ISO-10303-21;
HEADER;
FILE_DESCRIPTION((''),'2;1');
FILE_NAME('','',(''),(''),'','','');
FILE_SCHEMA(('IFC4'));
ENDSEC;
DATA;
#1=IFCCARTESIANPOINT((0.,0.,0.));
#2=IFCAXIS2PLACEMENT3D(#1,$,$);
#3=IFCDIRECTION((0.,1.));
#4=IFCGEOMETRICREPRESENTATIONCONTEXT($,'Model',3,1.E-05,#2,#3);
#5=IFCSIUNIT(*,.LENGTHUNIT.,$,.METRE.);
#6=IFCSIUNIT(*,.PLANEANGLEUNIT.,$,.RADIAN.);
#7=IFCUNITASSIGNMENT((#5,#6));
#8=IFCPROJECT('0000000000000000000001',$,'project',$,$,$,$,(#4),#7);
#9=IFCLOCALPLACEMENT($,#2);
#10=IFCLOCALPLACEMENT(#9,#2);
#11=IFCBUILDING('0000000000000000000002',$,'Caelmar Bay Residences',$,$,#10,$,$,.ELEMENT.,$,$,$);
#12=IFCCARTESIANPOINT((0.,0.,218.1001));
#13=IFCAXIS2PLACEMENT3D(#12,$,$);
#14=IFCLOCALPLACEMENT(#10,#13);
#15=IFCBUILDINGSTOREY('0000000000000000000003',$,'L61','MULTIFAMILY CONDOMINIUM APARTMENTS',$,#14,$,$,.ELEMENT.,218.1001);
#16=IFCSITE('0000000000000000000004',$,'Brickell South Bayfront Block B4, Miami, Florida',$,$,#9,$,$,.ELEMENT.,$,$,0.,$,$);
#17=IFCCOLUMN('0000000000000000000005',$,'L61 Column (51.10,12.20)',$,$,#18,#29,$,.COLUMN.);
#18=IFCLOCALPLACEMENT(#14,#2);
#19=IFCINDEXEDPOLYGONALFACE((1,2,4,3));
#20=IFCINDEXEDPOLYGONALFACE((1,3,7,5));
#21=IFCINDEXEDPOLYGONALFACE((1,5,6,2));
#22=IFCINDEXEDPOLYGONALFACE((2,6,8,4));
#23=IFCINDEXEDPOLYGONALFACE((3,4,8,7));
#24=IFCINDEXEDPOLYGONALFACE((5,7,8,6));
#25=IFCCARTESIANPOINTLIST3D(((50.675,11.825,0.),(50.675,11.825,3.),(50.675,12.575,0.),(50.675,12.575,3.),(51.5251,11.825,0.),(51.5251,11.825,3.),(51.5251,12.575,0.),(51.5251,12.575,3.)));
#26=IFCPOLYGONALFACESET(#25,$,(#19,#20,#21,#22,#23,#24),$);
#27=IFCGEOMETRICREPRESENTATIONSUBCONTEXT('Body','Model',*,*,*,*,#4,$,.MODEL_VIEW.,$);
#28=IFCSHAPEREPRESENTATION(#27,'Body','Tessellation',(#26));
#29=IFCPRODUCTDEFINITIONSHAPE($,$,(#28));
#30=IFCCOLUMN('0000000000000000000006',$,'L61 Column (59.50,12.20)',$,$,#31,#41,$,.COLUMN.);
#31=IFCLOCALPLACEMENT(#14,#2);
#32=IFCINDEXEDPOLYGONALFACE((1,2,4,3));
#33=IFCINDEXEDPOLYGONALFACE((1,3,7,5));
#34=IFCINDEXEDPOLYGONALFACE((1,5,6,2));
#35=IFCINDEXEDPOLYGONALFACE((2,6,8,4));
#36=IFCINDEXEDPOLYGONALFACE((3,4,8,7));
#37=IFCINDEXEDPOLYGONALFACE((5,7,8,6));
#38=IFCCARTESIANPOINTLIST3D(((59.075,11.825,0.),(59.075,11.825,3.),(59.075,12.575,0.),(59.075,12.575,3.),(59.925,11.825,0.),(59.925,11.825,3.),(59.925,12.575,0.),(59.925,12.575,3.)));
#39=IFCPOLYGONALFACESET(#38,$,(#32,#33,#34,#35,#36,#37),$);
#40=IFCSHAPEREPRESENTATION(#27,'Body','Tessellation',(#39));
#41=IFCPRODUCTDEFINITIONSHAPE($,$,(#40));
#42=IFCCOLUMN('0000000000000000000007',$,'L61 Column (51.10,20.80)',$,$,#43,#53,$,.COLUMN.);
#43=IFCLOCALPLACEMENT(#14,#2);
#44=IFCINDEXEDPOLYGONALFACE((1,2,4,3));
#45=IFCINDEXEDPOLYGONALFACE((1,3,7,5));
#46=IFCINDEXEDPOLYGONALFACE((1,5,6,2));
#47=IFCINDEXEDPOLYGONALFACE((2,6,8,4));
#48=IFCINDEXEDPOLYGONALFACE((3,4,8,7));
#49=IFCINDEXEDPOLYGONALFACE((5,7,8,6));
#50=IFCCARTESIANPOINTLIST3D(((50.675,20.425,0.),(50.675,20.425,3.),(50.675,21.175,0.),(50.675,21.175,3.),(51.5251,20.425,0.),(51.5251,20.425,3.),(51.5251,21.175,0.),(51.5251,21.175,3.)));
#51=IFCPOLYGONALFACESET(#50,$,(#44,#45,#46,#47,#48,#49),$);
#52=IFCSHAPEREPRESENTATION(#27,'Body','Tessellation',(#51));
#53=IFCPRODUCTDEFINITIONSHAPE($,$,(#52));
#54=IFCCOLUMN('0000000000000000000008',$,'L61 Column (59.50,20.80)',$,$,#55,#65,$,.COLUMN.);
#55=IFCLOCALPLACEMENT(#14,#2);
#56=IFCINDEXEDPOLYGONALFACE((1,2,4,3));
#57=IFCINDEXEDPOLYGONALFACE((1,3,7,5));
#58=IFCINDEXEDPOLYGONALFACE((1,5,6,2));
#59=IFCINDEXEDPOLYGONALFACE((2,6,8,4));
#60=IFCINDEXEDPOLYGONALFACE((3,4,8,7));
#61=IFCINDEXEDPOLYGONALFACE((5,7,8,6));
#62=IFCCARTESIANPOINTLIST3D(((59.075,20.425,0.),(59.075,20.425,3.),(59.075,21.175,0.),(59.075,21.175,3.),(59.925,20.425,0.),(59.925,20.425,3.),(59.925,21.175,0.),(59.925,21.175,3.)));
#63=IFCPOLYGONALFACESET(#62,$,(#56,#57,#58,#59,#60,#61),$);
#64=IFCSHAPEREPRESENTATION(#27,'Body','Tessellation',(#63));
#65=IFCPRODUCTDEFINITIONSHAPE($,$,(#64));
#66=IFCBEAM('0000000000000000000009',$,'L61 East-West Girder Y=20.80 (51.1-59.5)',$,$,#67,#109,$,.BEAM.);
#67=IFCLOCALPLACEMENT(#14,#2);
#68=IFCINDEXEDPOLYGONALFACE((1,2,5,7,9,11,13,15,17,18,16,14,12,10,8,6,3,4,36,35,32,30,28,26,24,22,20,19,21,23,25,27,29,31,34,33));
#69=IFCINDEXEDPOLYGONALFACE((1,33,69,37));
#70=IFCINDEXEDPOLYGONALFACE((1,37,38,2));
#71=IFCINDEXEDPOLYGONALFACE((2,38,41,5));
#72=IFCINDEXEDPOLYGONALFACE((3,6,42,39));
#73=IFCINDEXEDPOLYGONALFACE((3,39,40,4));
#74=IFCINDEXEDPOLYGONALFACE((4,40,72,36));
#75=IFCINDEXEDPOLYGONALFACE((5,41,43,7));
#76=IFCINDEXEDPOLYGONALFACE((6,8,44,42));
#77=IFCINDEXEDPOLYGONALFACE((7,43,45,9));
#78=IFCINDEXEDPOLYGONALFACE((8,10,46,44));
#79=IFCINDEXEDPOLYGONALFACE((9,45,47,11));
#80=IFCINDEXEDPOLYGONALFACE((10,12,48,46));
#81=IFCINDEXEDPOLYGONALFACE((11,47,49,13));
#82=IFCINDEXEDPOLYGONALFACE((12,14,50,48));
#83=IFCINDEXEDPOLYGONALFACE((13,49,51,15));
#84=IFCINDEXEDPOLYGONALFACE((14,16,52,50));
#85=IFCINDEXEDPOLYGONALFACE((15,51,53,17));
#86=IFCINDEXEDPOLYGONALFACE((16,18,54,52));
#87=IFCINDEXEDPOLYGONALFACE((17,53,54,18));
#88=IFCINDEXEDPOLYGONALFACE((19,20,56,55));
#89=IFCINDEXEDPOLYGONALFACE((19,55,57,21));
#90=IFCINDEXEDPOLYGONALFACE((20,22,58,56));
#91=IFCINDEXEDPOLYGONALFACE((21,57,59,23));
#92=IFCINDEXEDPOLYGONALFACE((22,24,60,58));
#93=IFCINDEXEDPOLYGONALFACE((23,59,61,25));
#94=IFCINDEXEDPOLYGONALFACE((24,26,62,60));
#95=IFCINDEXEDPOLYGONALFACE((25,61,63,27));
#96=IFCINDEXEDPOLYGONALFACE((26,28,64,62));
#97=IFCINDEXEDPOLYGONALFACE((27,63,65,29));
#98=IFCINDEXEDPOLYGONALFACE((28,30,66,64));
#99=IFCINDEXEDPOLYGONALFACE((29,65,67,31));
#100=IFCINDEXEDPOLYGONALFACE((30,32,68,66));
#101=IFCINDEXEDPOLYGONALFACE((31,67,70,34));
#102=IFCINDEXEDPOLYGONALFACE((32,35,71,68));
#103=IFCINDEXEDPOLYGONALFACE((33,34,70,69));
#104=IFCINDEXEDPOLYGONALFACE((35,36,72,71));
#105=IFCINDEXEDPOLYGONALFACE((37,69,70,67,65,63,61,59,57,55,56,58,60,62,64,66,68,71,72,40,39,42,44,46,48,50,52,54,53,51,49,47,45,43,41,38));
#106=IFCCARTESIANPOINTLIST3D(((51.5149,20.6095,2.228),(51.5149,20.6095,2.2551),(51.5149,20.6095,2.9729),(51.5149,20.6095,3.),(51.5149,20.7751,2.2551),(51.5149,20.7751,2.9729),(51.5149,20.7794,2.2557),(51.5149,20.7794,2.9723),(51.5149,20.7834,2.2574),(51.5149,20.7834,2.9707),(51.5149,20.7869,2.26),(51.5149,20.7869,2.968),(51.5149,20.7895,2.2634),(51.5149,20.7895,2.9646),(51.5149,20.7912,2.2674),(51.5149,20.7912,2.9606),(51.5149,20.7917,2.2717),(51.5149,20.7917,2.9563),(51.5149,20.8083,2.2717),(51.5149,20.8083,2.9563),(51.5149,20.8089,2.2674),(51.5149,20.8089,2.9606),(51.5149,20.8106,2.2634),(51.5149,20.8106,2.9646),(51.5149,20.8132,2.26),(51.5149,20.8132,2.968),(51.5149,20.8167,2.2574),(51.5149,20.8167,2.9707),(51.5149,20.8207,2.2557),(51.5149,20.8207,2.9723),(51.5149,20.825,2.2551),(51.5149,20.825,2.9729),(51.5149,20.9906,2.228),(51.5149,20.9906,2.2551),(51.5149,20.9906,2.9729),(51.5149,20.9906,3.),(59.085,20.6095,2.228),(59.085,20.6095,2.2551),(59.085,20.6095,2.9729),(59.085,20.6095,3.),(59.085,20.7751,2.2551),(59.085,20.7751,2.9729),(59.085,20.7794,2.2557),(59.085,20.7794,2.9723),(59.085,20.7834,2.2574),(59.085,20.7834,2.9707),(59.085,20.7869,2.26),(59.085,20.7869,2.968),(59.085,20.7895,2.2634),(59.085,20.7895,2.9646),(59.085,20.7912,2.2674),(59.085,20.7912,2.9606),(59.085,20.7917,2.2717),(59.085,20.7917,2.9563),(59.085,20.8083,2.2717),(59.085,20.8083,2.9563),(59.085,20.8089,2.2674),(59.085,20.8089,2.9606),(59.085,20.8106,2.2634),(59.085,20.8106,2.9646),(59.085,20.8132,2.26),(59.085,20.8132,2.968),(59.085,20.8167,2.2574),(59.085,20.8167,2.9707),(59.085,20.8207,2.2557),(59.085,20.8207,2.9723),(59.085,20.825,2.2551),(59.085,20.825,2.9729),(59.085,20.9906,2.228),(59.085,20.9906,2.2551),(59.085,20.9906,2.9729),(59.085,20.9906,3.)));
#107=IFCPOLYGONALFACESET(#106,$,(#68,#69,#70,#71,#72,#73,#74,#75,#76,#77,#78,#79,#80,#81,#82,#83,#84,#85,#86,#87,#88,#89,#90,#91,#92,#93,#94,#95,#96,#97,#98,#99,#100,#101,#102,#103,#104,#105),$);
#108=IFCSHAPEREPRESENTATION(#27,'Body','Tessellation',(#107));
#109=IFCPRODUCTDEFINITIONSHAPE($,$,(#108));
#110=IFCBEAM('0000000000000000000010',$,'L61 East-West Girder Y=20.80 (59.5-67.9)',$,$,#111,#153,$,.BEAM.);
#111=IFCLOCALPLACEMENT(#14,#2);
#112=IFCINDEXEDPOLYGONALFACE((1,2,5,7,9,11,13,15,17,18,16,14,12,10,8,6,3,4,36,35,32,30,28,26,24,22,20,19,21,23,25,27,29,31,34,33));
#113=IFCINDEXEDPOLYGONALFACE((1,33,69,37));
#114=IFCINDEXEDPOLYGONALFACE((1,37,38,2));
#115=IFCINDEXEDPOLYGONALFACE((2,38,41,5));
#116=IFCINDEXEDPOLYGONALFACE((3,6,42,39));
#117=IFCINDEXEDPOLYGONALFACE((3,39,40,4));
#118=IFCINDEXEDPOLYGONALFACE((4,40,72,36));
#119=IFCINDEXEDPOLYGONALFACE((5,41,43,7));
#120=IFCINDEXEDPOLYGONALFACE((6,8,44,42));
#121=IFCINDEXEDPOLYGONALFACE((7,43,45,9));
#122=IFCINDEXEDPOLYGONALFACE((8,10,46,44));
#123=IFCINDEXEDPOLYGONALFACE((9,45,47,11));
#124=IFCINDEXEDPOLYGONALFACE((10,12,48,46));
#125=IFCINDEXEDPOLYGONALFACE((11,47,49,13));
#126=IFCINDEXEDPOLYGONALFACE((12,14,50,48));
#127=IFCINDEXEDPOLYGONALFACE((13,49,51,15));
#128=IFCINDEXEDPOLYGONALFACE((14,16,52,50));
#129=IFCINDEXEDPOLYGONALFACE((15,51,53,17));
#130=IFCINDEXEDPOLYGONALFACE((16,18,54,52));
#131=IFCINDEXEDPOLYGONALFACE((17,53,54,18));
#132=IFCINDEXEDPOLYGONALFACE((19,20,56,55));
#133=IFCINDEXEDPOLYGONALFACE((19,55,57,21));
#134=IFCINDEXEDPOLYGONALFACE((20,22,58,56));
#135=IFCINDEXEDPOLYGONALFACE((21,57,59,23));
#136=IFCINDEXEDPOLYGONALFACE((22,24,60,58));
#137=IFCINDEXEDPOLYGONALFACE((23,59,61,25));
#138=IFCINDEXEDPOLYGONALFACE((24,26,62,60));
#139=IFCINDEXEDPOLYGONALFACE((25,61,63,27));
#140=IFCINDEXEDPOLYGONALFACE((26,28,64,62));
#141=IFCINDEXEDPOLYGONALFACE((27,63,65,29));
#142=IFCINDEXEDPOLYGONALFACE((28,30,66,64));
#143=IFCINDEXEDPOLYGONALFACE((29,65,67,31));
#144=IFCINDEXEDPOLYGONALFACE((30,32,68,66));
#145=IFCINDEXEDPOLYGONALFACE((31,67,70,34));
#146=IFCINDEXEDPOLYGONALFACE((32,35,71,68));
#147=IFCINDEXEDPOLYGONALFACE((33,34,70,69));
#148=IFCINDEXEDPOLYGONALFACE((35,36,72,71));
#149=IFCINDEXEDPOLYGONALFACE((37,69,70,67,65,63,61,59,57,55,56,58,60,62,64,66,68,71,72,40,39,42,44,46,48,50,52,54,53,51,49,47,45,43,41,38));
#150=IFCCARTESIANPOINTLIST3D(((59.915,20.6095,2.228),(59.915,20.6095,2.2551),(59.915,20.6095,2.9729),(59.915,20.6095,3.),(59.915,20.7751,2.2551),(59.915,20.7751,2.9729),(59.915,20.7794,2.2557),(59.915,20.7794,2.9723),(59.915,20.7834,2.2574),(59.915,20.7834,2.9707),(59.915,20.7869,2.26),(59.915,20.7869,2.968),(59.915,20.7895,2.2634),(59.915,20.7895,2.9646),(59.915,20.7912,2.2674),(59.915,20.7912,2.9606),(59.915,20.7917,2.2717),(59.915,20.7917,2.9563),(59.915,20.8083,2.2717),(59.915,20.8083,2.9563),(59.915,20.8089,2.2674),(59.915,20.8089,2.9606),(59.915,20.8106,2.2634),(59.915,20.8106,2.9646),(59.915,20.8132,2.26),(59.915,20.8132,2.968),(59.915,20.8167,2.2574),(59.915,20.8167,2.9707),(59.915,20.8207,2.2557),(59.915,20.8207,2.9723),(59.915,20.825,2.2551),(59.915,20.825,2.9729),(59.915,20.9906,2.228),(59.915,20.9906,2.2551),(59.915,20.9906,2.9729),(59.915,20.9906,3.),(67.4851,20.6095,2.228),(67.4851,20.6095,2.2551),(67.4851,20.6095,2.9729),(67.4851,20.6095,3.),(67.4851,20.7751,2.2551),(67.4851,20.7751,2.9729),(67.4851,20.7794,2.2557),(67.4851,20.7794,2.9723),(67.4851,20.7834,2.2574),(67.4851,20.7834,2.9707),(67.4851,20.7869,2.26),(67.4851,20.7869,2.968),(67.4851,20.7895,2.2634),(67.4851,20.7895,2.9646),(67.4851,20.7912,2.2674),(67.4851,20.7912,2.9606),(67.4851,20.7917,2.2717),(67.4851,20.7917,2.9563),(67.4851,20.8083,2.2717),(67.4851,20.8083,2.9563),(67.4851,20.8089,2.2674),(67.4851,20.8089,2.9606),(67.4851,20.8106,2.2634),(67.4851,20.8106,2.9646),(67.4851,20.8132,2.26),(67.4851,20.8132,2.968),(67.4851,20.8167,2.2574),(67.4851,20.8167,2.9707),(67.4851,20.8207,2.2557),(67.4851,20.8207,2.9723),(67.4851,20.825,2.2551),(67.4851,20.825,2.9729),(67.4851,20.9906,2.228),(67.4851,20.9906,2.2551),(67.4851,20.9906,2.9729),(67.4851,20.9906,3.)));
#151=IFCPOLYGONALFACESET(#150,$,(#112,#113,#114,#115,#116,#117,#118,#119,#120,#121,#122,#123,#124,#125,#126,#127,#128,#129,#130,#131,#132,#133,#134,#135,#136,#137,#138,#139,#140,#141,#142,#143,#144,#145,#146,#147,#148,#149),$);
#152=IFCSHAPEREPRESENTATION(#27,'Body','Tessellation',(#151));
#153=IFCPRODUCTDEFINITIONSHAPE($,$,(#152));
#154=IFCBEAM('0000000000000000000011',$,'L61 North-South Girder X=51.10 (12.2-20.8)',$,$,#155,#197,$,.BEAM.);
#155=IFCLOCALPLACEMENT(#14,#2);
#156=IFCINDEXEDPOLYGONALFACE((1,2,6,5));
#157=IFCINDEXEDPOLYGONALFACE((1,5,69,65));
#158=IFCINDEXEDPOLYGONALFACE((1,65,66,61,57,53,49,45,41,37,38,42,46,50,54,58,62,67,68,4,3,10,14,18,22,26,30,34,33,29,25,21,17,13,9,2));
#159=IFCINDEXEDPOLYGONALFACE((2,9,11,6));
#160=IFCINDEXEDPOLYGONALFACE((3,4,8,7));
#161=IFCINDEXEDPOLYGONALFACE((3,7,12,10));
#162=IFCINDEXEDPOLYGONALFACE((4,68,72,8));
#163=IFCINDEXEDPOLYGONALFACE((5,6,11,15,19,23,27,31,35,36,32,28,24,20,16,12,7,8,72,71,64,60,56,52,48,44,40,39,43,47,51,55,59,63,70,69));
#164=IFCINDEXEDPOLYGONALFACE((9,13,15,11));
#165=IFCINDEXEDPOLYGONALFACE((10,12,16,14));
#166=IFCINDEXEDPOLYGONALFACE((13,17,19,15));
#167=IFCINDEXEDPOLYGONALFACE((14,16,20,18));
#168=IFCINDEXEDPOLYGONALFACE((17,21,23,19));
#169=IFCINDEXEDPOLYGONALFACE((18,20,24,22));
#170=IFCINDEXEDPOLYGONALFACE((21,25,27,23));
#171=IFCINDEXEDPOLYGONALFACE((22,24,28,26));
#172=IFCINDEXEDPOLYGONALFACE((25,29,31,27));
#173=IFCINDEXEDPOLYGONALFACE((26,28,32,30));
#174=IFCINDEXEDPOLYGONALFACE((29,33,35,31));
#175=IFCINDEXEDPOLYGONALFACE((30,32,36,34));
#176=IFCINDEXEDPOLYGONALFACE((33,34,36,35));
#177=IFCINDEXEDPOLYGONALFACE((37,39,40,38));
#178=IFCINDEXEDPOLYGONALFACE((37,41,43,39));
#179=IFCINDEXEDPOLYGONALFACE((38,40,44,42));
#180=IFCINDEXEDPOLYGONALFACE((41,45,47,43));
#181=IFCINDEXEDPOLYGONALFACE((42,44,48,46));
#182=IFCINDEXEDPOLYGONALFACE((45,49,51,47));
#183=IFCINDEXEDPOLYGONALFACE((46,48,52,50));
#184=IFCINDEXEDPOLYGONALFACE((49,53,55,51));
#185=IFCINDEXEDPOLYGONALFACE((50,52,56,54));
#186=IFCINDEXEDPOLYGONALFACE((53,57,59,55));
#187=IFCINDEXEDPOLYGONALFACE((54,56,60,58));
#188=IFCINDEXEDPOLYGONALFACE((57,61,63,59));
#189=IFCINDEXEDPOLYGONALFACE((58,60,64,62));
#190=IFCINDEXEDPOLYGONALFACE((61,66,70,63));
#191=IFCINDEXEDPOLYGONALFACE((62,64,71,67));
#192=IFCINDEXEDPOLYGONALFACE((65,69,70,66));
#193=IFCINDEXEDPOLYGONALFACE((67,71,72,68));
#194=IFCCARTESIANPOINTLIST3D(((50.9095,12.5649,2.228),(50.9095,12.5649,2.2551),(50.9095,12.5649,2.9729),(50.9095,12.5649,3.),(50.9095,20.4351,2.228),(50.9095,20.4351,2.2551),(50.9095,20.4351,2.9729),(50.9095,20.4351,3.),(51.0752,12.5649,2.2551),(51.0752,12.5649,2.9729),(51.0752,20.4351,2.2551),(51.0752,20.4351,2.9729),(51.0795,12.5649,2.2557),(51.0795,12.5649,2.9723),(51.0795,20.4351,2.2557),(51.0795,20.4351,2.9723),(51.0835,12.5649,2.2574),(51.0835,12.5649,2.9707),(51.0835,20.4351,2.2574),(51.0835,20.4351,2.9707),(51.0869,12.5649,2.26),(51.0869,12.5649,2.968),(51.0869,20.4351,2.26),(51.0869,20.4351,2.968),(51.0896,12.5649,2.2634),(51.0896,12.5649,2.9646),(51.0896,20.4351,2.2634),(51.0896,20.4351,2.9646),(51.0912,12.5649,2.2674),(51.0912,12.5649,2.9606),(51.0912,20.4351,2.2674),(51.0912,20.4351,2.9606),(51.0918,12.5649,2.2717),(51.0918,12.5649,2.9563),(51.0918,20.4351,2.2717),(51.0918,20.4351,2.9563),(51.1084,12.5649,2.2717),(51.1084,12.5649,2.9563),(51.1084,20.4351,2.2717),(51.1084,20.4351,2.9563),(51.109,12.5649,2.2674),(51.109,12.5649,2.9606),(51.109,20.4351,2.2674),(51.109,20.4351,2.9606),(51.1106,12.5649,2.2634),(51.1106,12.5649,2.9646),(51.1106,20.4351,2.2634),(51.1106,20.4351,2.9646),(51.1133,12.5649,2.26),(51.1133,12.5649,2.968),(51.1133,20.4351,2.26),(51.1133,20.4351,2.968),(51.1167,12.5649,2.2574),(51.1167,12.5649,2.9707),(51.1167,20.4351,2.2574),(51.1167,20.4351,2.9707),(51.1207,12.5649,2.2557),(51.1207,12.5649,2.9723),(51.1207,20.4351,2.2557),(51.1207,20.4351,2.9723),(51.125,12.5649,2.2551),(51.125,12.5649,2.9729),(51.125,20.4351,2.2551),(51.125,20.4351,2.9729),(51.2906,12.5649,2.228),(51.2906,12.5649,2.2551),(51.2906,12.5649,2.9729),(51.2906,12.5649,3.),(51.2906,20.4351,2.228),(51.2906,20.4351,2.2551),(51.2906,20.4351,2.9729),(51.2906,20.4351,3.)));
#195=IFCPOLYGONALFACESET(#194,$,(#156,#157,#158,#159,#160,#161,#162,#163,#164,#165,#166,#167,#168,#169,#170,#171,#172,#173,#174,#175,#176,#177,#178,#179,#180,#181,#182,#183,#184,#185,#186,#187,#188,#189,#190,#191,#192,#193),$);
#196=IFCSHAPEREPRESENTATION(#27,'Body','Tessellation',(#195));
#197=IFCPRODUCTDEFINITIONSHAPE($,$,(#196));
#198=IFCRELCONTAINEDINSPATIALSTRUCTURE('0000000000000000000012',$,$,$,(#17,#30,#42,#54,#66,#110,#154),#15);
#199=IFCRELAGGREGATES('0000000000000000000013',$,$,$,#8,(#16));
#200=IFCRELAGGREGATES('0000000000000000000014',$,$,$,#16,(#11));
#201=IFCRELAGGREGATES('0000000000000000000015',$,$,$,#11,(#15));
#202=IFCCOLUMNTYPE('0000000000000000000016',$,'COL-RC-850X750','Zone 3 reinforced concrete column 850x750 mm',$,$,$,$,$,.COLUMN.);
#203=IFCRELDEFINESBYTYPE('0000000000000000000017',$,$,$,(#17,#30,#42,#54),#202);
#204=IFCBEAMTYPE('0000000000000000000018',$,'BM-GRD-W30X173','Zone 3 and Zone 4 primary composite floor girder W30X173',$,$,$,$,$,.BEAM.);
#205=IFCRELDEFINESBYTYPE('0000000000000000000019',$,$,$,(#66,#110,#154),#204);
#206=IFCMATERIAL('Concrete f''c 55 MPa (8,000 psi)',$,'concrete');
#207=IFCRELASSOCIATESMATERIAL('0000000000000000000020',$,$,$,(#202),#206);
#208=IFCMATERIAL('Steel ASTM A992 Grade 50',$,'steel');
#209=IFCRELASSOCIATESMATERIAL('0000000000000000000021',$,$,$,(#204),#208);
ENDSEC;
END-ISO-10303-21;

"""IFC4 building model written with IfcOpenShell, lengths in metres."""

from ifc_helpers import new_model, si_unit, direction, frame, origin, origin_2d, place, context, subcontext, project, spatial, rectangle, i_section, extrude, material, material_profile, profile_set, type_object, element, save


model = new_model("IFC4")

# Units and contexts
model_context = context("Model", 3, precision=1e-05, world=origin(), true_north=direction((0.0, 1.0)))
body_context = subcontext(model_context, "Body", "Model", "MODEL_VIEW")
ifc_project = project(units=[si_unit("LENGTHUNIT", "METRE"), si_unit("PLANEANGLEUNIT", "RADIAN")], contexts=[model_context])

# Site, building, storey
site_placement = place(None, origin())
site = spatial("IfcSite", under=ifc_project, at=site_placement, Name="Brickell South Bayfront Block B4, Miami, Florida", CompositionType="ELEMENT", RefElevation=0.0)
building_placement = place(site_placement, origin())
building = spatial("IfcBuilding", under=site, at=building_placement, Name="Caelmar Bay Residences", CompositionType="ELEMENT")
storey_placement = place(building_placement, frame((0.0, 0.0, 218.1001)))
storey = spatial("IfcBuildingStorey", under=building, at=storey_placement, Name="L61", Description="MULTIFAMILY CONDOMINIUM APARTMENTS", CompositionType="ELEMENT", Elevation=218.1001)

# Columns
ifc_material_1 = material(Name="Concrete f'c 55 MPa (8,000 psi)", Category="concrete")
ifc_material_profile_1 = material_profile(ifc_material_1, rectangle(XDim=0.8501, YDim=0.75, at=origin_2d()), Name="RC-COL-850X750")
ifc_profile_set_1 = profile_set([ifc_material_profile_1], Name="Concrete f'c 55 MPa (8,000 psi)")
column_type = type_object("IfcColumnType", Name="COL-RC-850X750", Description="Zone 3 reinforced concrete column 850x750 mm", PredefinedType="COLUMN", material=ifc_profile_set_1)
for number, where, z_axis, x_axis, name in (
    (1, (51.1001, 12.2, 0.0), (0.0, 0.0, 1.0), (1.0, 0.0, 0.0), "L61 Column (51.10,12.20)"),
    (2, (59.5, 12.2, 0.0), (0.0, 0.0, 1.0), (1.0, 0.0, 0.0), "L61 Column (59.50,12.20)"),
    (3, (51.1001, 20.8, 0.0), (0.0, 0.0, 1.0), (1.0, 0.0, 0.0), "L61 Column (51.10,20.80)"),
    (4, (59.5, 20.8, 0.0), (0.0, 0.0, 1.0), (1.0, 0.0, 0.0), "L61 Column (59.50,20.80)"),
):
    element("IfcColumn", number, at=place(storey_placement, frame(where, z_axis=z_axis, x_axis=x_axis)), inside=storey, type_object=column_type, Name=name, PredefinedType="COLUMN", context=body_context, shape_type="SweptSolid", body=[
        extrude(rectangle(XDim=0.8501, YDim=0.75, at=origin_2d()), origin(), (0.0, 0.0, 1.0), 3.0),
    ])

# Beams
ifc_material_2 = material(Name="Steel ASTM A992 Grade 50", Category="steel")
ifc_material_profile_2 = material_profile(ifc_material_2, i_section(OverallWidth=0.3811, OverallDepth=0.772, WebThickness=0.0166, FlangeThickness=0.0271, FilletRadius=0.0166, at=origin_2d()), Name="W30X173")
ifc_profile_set_2 = profile_set([ifc_material_profile_2], Name="Steel ASTM A992 Grade 50")
beam_type_1 = type_object("IfcBeamType", Name="BM-GRD-W30X173", Description="Zone 3 and Zone 4 primary composite floor girder W30X173", PredefinedType="BEAM", material=ifc_profile_set_2)
for number, where, z_axis, x_axis, name in (
    (5, (51.5149, 20.8, 2.614), (1.0, 0.0, 0.0), (0.0, 1.0, 0.0), "L61 East-West Girder Y=20.80 (51.1-59.5)"),
    (6, (59.915, 20.8, 2.614), (1.0, 0.0, 0.0), (0.0, 1.0, 0.0), "L61 East-West Girder Y=20.80 (59.5-67.9)"),
):
    element("IfcBeam", number, at=place(storey_placement, frame(where, z_axis=z_axis, x_axis=x_axis)), inside=storey, type_object=beam_type_1, Name=name, PredefinedType="BEAM", context=body_context, shape_type="SweptSolid", body=[
        extrude(i_section(OverallWidth=0.3811, OverallDepth=0.772, WebThickness=0.0166, FlangeThickness=0.0271, FilletRadius=0.0166, at=origin_2d()), origin(), (0.0, 0.0, 1.0), 7.5701),
    ])
for number, where, z_axis, x_axis, name in (
    (7, (51.1001, 12.5649, 2.614), (0.0, 1.0, 0.0), (-1.0, 0.0, 0.0), "L61 North-South Girder X=51.10 (12.2-20.8)"),
):
    element("IfcBeam", number, at=place(storey_placement, frame(where, z_axis=z_axis, x_axis=x_axis)), inside=storey, type_object=beam_type_1, Name=name, PredefinedType="BEAM", context=body_context, shape_type="SweptSolid", body=[
        extrude(i_section(OverallWidth=0.3811, OverallDepth=0.772, WebThickness=0.0166, FlangeThickness=0.0271, FilletRadius=0.0166, at=origin_2d()), origin(), (0.0, 0.0, 1.0), 7.8701),
    ])

save(model, "model.ifc")
